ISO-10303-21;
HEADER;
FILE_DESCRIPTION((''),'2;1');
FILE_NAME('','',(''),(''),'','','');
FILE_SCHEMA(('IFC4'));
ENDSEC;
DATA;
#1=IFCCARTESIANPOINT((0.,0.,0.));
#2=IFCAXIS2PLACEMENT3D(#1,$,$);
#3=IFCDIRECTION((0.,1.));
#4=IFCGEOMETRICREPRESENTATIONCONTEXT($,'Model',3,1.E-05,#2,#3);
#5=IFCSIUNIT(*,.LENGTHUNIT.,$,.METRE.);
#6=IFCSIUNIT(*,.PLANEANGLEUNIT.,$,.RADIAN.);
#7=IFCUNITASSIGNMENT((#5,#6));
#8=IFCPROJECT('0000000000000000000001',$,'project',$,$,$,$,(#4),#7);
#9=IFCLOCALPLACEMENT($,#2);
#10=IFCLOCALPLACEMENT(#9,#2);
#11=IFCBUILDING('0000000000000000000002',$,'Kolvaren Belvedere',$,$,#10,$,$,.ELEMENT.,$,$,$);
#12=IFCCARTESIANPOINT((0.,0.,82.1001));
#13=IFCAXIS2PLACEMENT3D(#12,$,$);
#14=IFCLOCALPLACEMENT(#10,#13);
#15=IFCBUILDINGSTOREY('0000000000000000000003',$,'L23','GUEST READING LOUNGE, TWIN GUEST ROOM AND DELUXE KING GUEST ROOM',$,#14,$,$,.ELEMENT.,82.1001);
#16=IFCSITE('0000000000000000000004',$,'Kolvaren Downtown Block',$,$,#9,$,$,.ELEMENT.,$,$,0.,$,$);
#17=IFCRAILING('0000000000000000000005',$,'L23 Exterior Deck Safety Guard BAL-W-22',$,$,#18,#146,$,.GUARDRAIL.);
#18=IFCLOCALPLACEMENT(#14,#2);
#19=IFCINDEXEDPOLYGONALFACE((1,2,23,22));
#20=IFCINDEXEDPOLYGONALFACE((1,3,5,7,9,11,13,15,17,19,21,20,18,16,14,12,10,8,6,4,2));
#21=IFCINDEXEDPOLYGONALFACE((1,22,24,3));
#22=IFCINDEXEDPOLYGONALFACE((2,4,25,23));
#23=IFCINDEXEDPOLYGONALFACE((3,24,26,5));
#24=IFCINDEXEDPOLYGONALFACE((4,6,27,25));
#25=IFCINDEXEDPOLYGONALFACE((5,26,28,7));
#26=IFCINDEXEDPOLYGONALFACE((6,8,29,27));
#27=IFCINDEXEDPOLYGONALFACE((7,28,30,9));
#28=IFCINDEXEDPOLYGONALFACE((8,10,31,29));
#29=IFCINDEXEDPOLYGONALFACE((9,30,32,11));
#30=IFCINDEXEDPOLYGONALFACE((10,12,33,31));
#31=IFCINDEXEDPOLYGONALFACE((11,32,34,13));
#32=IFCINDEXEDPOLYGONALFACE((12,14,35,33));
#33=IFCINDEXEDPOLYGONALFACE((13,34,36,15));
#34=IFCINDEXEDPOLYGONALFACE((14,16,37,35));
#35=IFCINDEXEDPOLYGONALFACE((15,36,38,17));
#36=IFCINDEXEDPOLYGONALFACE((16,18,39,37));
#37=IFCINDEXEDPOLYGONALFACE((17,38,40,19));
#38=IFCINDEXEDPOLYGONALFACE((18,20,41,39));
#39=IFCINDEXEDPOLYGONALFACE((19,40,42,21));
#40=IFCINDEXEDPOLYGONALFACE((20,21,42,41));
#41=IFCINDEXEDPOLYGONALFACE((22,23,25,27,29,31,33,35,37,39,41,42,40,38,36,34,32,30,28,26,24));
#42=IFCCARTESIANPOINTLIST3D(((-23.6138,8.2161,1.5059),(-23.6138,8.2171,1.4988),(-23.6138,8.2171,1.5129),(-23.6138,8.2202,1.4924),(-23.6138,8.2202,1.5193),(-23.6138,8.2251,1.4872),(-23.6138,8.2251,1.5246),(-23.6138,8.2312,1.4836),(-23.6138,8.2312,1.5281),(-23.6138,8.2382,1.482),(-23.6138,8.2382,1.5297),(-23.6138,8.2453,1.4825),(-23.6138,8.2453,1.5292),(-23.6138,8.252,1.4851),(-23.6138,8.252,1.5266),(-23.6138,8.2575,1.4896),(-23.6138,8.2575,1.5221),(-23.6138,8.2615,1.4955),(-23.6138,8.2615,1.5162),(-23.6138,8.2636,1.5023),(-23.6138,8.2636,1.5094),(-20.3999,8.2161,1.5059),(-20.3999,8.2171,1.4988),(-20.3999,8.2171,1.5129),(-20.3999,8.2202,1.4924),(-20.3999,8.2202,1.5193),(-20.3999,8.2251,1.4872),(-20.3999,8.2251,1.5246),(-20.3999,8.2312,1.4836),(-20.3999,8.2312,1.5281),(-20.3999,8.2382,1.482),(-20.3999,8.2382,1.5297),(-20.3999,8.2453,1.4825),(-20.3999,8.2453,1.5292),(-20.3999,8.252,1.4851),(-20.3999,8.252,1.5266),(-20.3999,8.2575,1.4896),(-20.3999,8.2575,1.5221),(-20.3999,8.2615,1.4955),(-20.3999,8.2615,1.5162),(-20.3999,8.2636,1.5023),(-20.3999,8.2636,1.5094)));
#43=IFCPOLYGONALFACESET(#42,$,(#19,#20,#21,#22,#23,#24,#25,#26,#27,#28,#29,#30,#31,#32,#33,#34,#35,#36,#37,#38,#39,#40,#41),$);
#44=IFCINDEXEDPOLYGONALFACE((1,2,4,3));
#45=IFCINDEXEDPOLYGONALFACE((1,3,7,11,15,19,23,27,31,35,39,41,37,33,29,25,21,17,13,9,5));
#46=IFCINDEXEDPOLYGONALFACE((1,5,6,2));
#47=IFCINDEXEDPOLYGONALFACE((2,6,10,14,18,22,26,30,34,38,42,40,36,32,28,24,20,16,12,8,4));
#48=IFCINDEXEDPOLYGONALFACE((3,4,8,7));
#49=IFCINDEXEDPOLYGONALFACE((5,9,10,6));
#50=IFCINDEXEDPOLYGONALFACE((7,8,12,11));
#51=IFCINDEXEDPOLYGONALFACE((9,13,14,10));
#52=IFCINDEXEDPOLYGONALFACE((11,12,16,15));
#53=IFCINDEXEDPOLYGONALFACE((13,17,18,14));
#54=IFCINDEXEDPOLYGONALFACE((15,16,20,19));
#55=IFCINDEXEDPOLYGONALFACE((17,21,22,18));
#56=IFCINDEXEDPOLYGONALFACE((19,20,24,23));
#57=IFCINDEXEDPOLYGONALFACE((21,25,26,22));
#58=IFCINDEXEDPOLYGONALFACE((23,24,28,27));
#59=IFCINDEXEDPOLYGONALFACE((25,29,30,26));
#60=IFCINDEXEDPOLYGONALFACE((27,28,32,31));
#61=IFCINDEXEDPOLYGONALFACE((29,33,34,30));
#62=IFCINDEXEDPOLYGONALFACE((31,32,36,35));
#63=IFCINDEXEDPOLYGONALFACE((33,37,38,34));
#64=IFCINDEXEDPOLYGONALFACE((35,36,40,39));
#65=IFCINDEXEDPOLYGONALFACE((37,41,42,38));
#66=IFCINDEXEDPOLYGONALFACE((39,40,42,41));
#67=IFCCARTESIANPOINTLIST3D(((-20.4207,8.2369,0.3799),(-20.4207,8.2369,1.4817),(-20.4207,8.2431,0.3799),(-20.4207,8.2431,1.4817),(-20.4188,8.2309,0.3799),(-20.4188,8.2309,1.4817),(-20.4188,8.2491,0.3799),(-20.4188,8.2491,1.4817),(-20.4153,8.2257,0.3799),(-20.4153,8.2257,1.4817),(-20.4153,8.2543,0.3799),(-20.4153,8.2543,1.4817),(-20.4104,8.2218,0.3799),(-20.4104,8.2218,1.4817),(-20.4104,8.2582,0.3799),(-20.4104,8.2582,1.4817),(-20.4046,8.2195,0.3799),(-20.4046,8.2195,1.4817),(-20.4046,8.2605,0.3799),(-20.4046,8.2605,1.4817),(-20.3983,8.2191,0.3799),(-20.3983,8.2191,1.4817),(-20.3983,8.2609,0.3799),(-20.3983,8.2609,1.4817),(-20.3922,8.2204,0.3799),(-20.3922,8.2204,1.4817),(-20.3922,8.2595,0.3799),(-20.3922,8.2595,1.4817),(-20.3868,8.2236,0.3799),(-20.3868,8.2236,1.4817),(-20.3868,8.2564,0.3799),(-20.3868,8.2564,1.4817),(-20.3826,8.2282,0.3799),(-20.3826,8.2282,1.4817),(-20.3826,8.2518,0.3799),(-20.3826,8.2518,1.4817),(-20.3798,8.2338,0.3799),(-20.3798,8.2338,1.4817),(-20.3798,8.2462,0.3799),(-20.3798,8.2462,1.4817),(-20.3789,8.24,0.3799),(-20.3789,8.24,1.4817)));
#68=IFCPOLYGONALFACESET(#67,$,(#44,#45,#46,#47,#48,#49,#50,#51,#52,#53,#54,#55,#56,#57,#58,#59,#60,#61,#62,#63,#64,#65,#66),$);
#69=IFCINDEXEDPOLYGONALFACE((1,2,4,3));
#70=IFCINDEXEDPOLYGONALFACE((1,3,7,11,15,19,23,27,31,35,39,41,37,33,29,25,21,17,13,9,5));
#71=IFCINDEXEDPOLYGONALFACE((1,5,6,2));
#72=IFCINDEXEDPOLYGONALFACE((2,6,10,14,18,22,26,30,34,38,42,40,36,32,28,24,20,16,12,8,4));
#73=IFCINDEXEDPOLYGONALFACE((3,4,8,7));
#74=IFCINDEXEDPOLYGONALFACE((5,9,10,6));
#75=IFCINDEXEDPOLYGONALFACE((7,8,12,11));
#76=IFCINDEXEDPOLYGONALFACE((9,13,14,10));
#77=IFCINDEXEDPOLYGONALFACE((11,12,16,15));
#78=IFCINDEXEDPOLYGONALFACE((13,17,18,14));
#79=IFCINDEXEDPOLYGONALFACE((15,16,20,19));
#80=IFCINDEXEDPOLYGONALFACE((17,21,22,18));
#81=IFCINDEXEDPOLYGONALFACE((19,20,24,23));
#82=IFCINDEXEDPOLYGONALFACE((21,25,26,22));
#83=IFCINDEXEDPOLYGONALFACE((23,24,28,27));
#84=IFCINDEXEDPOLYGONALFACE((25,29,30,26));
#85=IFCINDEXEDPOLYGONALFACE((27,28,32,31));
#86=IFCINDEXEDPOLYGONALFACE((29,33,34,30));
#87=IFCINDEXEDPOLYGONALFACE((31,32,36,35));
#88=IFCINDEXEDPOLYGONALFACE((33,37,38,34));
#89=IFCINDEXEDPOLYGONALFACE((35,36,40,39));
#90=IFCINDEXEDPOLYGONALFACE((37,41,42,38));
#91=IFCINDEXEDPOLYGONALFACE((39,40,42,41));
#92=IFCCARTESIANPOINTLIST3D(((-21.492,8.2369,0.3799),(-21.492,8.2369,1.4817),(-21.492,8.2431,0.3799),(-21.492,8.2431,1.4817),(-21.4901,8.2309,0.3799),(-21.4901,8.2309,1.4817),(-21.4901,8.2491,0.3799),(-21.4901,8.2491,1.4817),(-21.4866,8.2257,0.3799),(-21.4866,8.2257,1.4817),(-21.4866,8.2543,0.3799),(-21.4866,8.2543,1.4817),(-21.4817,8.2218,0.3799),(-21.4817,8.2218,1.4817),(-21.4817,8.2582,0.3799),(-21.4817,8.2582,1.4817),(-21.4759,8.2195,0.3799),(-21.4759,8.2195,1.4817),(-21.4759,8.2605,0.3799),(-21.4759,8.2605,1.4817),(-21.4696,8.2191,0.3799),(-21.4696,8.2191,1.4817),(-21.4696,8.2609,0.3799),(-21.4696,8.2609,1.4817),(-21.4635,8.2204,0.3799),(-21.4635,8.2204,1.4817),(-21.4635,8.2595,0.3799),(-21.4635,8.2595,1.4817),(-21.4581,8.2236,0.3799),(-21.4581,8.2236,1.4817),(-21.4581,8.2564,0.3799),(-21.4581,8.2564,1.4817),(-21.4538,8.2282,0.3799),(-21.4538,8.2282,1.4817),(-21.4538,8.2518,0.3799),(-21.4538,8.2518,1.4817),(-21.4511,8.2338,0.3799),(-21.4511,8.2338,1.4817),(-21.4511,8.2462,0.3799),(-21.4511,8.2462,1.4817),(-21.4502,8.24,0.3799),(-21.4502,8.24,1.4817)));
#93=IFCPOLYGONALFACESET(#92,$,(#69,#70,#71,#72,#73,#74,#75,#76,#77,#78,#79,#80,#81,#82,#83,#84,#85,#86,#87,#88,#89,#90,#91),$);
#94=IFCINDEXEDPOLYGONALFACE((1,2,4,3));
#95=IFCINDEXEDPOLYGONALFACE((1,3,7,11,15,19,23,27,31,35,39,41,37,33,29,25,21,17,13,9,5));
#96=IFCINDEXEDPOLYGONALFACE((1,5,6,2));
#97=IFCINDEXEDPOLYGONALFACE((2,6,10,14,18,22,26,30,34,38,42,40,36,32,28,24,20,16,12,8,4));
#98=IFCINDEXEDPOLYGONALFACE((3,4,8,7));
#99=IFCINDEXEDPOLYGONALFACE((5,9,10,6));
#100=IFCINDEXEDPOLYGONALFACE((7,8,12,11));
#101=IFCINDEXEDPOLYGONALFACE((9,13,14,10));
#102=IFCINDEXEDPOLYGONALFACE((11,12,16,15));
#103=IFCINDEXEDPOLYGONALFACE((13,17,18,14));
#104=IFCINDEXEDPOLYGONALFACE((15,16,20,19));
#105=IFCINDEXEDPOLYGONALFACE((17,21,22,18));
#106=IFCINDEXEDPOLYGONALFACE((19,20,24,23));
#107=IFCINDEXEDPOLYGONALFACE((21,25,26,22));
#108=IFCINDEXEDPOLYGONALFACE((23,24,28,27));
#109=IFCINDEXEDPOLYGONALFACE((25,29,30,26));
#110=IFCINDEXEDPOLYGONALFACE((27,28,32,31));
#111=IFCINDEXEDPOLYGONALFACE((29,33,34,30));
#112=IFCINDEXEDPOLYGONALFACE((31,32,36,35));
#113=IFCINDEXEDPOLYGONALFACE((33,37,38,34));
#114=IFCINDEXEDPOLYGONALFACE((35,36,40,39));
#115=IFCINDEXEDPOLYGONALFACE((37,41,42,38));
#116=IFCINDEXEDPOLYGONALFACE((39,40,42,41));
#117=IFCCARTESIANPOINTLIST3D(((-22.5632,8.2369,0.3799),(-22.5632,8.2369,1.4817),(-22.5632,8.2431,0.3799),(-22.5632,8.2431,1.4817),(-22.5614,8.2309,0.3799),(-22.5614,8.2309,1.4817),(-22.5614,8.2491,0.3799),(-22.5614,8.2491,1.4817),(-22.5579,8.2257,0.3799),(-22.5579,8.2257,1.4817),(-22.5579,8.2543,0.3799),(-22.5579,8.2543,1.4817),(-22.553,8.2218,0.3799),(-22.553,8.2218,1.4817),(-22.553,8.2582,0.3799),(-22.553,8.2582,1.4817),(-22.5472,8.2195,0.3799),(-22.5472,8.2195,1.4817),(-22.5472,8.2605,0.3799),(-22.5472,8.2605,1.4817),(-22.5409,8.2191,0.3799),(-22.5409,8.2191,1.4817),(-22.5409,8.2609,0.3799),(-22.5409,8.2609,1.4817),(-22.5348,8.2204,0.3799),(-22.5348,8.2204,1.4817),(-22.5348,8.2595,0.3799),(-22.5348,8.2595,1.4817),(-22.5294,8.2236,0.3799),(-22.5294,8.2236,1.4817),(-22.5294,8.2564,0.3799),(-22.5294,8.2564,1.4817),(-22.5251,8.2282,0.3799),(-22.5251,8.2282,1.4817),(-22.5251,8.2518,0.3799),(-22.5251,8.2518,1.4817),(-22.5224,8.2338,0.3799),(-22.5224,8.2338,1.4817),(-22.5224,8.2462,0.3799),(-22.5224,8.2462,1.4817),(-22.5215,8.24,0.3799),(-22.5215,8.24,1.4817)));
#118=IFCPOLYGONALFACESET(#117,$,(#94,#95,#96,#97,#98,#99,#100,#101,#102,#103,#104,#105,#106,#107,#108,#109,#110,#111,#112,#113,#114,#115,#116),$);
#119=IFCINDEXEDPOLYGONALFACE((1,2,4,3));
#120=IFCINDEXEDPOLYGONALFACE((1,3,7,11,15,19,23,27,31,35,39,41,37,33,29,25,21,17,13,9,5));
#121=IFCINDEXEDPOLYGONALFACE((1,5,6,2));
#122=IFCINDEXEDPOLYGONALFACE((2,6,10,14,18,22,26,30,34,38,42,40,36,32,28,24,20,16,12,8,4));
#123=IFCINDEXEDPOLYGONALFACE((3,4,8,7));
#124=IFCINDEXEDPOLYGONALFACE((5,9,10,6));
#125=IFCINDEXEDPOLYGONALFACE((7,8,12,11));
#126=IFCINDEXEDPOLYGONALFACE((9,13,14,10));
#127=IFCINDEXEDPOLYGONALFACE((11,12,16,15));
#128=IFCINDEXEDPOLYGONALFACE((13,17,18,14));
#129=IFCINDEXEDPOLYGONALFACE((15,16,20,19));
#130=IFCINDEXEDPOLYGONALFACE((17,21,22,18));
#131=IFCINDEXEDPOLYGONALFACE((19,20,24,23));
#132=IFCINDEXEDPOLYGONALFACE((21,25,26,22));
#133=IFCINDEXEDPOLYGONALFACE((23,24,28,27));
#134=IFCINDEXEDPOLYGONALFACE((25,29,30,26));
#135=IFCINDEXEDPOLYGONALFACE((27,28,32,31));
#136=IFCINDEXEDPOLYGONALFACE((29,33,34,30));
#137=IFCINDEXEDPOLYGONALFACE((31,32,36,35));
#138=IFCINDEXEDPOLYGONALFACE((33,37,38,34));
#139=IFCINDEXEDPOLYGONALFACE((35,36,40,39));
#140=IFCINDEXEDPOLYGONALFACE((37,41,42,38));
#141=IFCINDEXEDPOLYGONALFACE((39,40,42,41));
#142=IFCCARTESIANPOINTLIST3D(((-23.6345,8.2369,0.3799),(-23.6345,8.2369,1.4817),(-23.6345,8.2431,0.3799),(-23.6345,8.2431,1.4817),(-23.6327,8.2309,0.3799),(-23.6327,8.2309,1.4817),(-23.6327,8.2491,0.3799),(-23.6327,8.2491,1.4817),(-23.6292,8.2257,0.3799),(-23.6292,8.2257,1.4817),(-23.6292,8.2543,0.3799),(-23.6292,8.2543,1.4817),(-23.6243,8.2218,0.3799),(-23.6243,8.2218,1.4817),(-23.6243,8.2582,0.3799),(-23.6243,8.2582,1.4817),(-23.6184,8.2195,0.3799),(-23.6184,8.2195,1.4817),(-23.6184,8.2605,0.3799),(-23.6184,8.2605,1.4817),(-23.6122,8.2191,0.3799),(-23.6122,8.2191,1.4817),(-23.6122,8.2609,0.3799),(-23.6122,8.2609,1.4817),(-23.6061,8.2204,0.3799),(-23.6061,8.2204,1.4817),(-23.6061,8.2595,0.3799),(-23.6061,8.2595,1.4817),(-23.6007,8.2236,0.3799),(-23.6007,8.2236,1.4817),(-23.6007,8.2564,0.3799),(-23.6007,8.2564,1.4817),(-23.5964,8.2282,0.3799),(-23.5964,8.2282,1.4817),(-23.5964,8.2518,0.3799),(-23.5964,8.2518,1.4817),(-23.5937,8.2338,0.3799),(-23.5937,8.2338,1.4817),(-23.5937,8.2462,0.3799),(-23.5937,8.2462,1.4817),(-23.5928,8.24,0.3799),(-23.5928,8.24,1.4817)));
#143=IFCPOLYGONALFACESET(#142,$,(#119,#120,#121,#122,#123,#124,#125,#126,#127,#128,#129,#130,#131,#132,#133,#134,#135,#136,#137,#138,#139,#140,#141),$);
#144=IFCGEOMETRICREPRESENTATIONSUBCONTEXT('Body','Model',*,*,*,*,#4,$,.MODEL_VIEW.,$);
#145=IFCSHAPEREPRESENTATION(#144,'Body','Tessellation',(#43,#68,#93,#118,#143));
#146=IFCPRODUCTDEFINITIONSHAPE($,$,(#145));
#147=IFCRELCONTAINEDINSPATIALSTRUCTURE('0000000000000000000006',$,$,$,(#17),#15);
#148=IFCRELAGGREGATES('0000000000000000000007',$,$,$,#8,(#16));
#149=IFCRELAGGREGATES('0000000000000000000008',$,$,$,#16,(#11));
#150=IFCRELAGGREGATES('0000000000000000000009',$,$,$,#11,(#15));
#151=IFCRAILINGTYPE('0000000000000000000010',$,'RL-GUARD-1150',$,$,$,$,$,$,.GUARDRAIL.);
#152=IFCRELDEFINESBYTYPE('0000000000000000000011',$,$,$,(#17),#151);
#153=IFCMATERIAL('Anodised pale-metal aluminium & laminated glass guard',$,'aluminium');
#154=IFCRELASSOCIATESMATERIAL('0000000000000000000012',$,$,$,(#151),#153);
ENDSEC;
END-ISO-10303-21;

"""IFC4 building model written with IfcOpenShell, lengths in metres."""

from ifc_helpers import new_model, si_unit, direction, frame, origin, origin_2d, place, context, subcontext, project, spatial, circle, extrude, material, type_object, element, save


model = new_model("IFC4")

# Units and contexts
model_context = context("Model", 3, precision=1e-05, world=origin(), true_north=direction((0.0, 1.0)))
body_context = subcontext(model_context, "Body", "Model", "MODEL_VIEW")
ifc_project = project(units=[si_unit("LENGTHUNIT", "METRE"), si_unit("PLANEANGLEUNIT", "RADIAN")], contexts=[model_context])

# Site, building, storey
site_placement = place(None, origin())
site = spatial("IfcSite", under=ifc_project, at=site_placement, Name="Kolvaren Downtown Block", CompositionType="ELEMENT", RefElevation=0.0)
building_placement = place(site_placement, origin())
building = spatial("IfcBuilding", under=site, at=building_placement, Name="Kolvaren Belvedere", CompositionType="ELEMENT")
storey_placement = place(building_placement, frame((0.0, 0.0, 82.1001)))
storey = spatial("IfcBuildingStorey", under=building, at=storey_placement, Name="L23", Description="GUEST READING LOUNGE, TWIN GUEST ROOM AND DELUXE KING GUEST ROOM", CompositionType="ELEMENT", Elevation=82.1001)

# Railing
ifc_material_1 = material(Name="Anodised pale-metal aluminium & laminated glass guard", Category="aluminium")
railing_type = type_object("IfcRailingType", Name="RL-GUARD-1150", PredefinedType="GUARDRAIL", material=ifc_material_1)
railing_1_placement = place(storey_placement, frame((-20.3999, 8.24, 0.3799)))
element("IfcRailing", 1, at=railing_1_placement, inside=storey, type_object=railing_type, Name="L23 Exterior Deck Safety Guard BAL-W-22", PredefinedType="GUARDRAIL", context=body_context, shape_type="SweptSolid", body=[
    extrude(circle(Radius=0.0239, at=origin_2d()), frame((0.0, 0.0, 1.126), z_axis=(-1.0, 0.0, 0.0), x_axis=(0.0, -1.0, 0.0)), (0.0, 0.0, 1.0), 3.2139),
    extrude(circle(Radius=0.021, at=origin_2d()), origin(), (0.0, 0.0, 1.0), 1.1018),
    extrude(circle(Radius=0.021, at=origin_2d()), frame((-1.0713, 0.0, 0.0)), (0.0, 0.0, 1.0), 1.1018),
    extrude(circle(Radius=0.021, at=origin_2d()), frame((-2.1426, 0.0, 0.0)), (0.0, 0.0, 1.0), 1.1018),
    extrude(circle(Radius=0.021, at=origin_2d()), frame((-3.2139, 0.0, 0.0)), (0.0, 0.0, 1.0), 1.1018),
])

save(model, "model.ifc")
